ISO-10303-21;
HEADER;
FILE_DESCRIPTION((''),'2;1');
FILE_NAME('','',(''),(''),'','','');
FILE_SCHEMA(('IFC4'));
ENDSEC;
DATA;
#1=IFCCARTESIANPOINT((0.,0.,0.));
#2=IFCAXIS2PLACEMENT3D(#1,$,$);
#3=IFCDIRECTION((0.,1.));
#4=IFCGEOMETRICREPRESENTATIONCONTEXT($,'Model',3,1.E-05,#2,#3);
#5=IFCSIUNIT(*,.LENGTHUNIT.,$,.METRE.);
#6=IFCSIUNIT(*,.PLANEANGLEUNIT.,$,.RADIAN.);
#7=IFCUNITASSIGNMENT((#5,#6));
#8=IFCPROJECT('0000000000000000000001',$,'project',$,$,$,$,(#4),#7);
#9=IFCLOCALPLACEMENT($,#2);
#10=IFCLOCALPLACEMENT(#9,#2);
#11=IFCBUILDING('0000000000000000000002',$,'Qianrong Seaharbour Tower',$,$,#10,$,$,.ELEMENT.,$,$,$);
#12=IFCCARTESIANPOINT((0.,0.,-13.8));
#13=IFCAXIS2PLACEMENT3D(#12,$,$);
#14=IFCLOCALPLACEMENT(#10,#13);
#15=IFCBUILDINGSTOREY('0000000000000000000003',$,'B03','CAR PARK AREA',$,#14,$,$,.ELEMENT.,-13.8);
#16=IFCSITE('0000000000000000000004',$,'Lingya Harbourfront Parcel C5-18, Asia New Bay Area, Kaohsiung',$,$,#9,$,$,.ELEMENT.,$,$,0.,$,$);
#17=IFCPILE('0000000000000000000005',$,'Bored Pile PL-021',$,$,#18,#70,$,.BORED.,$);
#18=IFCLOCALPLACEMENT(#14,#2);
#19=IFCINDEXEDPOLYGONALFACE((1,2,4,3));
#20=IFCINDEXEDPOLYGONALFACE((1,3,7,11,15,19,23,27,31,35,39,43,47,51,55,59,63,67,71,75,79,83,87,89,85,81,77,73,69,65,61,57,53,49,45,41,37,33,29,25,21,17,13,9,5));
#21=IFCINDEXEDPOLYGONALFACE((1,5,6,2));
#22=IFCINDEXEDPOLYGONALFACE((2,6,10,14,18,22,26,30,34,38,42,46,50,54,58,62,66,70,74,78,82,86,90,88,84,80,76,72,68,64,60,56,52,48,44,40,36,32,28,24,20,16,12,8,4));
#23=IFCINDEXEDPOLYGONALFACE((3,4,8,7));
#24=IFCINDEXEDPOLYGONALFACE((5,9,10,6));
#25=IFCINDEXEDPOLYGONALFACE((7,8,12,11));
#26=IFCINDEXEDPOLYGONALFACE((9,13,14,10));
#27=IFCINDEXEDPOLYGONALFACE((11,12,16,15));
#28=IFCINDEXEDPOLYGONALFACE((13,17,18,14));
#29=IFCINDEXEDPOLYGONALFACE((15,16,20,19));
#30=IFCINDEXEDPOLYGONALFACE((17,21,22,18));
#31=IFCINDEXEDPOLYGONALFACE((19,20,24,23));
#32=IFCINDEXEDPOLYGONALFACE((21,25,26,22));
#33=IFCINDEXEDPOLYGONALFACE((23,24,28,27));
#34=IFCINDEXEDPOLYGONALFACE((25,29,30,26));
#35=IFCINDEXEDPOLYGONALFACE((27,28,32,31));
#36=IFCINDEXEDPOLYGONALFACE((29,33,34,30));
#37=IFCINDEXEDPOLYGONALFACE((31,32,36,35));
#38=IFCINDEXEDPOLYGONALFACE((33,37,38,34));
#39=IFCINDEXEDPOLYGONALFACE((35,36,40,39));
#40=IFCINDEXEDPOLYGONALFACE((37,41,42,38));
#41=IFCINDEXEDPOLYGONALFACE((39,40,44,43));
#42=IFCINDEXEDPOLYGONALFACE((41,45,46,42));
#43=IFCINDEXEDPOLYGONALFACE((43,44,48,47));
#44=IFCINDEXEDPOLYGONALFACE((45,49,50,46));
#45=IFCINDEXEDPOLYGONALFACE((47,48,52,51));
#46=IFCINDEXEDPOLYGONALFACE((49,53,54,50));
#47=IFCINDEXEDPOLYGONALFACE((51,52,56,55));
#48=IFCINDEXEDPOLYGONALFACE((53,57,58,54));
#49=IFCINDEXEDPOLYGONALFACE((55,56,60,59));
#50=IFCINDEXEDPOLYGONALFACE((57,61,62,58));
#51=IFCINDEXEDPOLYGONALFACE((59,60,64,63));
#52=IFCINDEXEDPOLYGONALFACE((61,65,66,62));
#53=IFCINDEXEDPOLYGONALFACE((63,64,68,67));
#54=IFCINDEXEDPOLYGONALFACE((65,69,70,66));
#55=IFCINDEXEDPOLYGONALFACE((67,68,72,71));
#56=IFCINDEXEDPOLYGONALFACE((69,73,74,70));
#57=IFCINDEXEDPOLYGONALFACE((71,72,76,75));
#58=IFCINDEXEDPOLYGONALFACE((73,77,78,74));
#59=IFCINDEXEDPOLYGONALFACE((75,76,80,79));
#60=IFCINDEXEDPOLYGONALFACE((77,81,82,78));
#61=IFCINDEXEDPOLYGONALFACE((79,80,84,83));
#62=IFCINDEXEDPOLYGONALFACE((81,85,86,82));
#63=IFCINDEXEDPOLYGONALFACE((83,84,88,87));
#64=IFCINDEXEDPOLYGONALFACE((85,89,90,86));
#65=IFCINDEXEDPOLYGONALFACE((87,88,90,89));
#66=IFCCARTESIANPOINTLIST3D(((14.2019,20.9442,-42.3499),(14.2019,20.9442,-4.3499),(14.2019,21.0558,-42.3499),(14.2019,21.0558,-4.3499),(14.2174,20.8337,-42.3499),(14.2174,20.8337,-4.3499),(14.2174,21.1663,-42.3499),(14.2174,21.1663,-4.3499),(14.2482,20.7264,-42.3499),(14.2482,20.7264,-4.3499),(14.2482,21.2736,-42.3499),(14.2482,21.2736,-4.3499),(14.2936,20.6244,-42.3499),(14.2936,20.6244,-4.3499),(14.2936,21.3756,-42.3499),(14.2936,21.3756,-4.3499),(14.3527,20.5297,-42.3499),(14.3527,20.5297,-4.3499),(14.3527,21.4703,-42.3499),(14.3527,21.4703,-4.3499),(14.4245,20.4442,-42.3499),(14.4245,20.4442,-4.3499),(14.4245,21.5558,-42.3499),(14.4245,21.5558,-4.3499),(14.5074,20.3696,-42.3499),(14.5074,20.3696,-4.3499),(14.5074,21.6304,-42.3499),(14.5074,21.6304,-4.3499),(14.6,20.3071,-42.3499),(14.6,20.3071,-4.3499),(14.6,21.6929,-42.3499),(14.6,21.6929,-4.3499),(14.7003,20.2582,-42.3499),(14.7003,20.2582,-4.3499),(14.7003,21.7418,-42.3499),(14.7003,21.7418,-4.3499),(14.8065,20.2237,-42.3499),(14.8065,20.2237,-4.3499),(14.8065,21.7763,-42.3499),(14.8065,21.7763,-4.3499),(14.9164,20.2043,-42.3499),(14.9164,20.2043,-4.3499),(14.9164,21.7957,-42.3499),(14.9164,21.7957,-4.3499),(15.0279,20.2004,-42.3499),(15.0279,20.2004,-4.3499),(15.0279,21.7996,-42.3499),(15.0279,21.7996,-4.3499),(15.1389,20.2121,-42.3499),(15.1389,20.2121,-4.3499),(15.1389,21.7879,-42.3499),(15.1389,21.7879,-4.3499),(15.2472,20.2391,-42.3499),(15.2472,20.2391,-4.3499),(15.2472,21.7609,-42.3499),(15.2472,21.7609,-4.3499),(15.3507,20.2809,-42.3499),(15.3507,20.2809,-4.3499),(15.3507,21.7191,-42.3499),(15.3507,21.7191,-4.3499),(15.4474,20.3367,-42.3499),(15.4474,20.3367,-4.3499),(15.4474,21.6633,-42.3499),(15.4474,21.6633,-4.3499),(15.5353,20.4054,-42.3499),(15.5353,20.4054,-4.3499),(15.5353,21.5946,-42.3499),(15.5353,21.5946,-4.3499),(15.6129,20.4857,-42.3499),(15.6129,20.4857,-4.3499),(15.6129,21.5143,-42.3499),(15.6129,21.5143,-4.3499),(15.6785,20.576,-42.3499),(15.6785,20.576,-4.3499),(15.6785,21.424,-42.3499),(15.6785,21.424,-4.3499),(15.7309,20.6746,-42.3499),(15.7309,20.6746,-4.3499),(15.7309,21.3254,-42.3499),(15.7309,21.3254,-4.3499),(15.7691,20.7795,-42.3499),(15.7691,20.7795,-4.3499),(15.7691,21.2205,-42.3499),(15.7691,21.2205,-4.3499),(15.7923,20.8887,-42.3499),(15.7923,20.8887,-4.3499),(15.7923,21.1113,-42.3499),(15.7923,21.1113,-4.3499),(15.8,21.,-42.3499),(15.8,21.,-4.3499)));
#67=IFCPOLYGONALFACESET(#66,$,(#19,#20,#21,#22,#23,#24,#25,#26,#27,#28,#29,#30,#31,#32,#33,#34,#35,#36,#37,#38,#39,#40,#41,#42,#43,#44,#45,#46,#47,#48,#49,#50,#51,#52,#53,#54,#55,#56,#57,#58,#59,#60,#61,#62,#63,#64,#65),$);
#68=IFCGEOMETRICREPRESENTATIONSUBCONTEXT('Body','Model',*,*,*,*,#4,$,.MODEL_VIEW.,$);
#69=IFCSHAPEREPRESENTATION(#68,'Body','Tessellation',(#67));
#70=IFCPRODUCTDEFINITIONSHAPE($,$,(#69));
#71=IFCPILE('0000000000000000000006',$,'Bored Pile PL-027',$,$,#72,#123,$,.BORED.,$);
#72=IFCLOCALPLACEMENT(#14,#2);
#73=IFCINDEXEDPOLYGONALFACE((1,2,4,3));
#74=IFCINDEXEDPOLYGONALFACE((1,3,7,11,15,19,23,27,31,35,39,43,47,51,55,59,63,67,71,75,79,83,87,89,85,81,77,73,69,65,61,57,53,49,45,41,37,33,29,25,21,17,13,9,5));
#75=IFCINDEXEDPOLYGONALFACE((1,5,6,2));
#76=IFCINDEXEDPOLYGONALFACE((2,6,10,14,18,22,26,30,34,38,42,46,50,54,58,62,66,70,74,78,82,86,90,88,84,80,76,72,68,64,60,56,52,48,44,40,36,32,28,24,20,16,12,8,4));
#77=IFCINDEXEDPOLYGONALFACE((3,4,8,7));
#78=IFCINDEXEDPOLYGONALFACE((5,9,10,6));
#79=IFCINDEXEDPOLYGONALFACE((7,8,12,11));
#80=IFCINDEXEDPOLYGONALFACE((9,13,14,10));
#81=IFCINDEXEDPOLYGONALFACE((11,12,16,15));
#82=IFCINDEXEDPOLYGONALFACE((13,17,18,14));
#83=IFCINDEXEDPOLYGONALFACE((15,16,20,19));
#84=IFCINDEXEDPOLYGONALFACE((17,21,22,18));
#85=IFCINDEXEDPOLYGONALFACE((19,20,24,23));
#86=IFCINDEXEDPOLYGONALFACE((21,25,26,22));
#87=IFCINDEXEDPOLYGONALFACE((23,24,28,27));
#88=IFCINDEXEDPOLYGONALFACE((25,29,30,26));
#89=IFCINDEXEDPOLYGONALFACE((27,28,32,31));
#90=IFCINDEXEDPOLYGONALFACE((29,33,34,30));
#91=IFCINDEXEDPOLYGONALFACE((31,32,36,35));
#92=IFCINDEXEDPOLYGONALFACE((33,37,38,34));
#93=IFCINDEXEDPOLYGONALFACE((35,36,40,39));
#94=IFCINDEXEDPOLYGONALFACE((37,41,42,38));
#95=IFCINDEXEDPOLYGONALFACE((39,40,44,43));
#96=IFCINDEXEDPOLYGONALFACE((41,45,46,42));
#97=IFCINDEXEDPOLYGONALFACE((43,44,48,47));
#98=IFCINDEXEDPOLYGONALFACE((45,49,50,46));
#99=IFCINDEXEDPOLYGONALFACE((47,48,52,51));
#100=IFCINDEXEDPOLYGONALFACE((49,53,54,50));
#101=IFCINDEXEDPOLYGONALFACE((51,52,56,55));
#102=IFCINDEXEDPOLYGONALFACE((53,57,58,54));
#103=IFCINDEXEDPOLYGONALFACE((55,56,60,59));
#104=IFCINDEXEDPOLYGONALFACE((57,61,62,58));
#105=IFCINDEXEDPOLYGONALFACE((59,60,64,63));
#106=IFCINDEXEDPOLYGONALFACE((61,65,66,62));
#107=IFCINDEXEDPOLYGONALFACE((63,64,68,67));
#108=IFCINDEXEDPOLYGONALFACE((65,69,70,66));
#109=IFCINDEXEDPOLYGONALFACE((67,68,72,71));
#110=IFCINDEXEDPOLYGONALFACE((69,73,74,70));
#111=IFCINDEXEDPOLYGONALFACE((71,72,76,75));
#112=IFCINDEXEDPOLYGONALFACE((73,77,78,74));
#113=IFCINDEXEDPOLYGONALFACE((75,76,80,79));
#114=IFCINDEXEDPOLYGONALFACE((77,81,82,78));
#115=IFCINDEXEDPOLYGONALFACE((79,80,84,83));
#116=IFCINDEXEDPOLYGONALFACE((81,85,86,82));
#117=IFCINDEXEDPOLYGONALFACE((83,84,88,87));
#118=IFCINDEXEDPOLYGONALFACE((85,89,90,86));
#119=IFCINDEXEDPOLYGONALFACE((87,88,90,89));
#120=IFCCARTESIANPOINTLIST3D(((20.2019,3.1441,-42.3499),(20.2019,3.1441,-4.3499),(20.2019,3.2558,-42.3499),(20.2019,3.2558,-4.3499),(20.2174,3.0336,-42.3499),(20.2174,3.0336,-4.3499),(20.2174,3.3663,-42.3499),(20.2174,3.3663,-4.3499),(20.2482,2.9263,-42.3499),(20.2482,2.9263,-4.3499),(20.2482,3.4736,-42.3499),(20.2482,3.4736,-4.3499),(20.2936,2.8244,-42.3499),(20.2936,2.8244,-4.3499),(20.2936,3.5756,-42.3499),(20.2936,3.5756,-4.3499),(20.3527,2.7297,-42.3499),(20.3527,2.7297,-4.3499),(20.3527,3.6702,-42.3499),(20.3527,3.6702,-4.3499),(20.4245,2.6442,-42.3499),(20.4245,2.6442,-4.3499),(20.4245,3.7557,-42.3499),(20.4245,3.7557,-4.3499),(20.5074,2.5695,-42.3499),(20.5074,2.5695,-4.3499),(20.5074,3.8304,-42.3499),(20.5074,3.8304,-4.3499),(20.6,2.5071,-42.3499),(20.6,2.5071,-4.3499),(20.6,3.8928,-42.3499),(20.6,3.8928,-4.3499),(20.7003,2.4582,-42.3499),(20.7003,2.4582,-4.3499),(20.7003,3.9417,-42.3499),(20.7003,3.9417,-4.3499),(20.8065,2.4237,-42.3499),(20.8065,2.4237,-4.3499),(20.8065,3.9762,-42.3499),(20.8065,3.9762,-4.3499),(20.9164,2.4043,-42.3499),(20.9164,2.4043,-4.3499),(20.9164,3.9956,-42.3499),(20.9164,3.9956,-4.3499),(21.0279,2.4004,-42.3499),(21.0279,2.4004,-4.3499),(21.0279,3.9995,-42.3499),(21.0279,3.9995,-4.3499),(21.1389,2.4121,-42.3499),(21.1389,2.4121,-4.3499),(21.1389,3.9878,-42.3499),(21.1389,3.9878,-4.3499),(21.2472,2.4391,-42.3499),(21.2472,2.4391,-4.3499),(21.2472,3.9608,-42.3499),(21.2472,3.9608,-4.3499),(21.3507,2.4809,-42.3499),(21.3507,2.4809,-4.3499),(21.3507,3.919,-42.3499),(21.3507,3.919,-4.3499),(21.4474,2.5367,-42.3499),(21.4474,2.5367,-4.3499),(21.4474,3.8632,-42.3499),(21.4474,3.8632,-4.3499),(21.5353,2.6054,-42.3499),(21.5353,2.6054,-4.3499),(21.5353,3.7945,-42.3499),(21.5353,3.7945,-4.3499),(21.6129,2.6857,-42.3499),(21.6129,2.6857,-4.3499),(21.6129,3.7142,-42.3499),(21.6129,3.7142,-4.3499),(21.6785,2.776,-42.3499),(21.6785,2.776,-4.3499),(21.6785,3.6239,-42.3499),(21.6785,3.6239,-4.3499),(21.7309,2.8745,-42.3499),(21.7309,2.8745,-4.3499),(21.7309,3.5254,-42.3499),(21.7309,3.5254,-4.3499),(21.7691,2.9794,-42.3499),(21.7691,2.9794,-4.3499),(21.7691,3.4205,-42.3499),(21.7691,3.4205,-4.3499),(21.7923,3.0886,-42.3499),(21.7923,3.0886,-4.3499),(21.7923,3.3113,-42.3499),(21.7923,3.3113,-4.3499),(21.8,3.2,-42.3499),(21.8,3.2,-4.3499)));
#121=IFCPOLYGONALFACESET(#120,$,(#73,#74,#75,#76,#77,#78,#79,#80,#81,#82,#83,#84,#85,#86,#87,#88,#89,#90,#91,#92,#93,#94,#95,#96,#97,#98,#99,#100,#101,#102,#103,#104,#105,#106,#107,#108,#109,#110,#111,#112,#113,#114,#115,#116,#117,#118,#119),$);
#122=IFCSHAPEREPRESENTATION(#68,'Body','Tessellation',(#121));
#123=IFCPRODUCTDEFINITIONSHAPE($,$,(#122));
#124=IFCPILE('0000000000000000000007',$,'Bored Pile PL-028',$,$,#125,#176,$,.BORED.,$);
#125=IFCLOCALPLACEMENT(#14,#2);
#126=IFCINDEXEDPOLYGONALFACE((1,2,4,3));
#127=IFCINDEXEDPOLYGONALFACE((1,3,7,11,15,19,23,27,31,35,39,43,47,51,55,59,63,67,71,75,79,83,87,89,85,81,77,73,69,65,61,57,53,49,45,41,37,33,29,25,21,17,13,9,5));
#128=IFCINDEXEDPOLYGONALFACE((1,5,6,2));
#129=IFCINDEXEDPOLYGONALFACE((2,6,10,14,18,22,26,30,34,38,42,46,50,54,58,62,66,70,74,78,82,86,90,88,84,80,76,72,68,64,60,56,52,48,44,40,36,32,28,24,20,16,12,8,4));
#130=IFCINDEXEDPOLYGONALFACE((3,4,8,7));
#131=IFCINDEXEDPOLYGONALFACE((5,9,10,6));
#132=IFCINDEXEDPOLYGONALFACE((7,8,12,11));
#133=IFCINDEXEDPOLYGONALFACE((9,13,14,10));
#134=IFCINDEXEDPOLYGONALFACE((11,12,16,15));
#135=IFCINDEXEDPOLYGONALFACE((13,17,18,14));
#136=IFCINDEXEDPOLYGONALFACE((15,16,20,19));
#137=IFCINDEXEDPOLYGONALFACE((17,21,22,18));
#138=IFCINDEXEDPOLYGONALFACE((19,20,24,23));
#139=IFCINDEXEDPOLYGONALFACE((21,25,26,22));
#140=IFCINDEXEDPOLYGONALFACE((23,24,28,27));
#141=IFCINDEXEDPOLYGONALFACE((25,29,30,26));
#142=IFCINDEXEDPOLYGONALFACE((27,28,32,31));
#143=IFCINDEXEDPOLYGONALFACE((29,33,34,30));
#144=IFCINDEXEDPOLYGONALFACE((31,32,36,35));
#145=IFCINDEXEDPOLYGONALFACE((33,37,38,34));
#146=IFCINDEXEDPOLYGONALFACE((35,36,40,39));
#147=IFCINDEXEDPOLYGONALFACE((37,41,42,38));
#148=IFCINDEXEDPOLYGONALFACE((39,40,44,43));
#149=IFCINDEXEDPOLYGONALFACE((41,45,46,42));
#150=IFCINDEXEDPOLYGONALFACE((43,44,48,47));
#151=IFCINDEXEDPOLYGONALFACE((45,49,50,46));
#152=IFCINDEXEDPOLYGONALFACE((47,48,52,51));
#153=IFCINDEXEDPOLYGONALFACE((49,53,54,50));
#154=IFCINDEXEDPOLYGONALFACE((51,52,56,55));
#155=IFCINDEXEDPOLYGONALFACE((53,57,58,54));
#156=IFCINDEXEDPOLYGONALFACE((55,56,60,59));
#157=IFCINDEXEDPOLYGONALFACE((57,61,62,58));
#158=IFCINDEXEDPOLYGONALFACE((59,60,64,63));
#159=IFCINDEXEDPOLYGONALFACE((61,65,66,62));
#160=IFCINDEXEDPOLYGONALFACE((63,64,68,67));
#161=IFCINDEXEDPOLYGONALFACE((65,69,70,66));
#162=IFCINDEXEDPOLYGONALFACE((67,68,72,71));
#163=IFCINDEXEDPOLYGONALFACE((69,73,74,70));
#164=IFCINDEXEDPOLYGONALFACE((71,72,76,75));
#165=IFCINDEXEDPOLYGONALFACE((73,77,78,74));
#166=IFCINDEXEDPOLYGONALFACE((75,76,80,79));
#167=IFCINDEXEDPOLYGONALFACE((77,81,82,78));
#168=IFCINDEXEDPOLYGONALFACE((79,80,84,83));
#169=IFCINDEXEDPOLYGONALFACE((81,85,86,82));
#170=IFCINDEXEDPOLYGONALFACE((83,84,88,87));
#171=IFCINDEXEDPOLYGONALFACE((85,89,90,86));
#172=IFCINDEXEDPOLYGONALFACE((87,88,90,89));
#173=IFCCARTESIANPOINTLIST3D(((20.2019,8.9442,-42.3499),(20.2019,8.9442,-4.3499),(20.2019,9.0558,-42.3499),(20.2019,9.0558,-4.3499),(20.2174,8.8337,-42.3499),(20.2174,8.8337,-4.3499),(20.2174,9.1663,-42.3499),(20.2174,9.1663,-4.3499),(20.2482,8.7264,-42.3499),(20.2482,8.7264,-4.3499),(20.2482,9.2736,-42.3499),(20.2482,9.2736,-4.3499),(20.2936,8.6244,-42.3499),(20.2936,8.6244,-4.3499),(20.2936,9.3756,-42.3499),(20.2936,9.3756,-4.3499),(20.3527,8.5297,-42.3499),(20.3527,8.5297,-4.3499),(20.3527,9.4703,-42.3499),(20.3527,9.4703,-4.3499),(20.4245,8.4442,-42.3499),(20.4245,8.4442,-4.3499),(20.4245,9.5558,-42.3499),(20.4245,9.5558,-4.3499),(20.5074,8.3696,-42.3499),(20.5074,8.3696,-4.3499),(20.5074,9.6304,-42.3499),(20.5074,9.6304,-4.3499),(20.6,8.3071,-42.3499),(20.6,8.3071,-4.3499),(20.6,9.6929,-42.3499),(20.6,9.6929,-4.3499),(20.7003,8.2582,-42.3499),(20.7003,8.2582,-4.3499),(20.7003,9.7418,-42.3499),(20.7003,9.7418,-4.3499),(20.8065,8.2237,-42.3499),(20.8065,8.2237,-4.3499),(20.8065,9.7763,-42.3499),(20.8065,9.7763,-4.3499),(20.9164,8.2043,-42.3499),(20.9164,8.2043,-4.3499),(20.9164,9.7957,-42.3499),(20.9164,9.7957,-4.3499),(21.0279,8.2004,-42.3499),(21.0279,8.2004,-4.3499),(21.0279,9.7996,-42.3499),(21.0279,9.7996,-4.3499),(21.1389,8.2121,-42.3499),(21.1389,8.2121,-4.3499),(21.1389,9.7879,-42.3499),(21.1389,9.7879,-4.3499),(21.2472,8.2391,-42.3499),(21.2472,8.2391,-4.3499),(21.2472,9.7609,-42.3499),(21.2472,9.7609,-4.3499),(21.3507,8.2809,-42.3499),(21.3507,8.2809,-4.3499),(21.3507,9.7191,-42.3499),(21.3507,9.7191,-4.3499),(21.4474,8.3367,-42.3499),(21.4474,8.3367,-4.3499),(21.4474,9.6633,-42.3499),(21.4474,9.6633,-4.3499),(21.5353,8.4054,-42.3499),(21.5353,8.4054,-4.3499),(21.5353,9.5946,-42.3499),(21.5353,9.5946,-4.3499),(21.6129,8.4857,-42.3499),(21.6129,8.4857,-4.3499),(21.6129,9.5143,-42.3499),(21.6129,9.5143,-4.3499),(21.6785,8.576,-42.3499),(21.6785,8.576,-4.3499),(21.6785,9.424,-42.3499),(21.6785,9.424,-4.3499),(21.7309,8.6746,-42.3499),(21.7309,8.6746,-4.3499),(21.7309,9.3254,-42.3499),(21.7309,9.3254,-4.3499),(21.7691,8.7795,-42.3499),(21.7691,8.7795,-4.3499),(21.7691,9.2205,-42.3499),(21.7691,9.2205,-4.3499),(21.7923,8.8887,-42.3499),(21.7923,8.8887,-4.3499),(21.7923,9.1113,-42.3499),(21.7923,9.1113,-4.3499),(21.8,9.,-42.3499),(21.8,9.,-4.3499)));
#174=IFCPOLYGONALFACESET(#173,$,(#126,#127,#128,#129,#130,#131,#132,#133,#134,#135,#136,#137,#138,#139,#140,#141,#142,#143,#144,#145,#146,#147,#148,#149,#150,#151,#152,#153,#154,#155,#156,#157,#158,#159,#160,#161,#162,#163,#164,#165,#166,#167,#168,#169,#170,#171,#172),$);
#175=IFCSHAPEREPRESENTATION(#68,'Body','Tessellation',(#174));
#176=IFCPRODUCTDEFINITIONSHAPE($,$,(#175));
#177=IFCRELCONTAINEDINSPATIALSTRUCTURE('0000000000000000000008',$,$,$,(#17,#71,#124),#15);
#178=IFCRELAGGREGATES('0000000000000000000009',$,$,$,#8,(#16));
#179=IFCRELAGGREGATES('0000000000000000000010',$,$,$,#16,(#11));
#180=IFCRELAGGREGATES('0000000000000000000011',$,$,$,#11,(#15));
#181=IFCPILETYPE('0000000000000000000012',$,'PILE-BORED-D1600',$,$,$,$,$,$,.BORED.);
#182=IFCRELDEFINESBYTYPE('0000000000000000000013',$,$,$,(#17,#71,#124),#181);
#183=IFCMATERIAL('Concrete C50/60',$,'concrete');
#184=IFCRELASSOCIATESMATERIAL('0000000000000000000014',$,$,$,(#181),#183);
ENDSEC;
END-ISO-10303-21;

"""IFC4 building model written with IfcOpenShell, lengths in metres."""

from ifc_helpers import new_model, si_unit, direction, frame, origin, origin_2d, place, context, subcontext, project, spatial, circle, extrude, material, material_profile, profile_set, type_object, element, save


model = new_model("IFC4")

# Units and contexts
model_context = context("Model", 3, precision=1e-05, world=origin(), true_north=direction((0.0, 1.0)))
body_context = subcontext(model_context, "Body", "Model", "MODEL_VIEW")
ifc_project = project(units=[si_unit("LENGTHUNIT", "METRE"), si_unit("PLANEANGLEUNIT", "RADIAN")], contexts=[model_context])

# Site, building, storey
site_placement = place(None, origin())
site = spatial("IfcSite", under=ifc_project, at=site_placement, Name="Lingya Harbourfront Parcel C5-18, Asia New Bay Area, Kaohsiung", CompositionType="ELEMENT", RefElevation=0.0)
building_placement = place(site_placement, origin())
building = spatial("IfcBuilding", under=site, at=building_placement, Name="Qianrong Seaharbour Tower", CompositionType="ELEMENT")
storey_placement = place(building_placement, frame((0.0, 0.0, -13.8)))
storey = spatial("IfcBuildingStorey", under=building, at=storey_placement, Name="B03", Description="CAR PARK AREA", CompositionType="ELEMENT", Elevation=-13.8)

# Piles
ifc_material_1 = material(Name="Concrete C50/60", Category="concrete")
ifc_material_profile_1 = material_profile(ifc_material_1, circle(Radius=0.8, at=origin_2d()), Name="PILE-D1600")
ifc_profile_set_1 = profile_set([ifc_material_profile_1], Name="Concrete C50/60")
pile_type_1 = type_object("IfcPileType", Name="PILE-BORED-D1600", PredefinedType="BORED", material=ifc_profile_set_1)
for number, where, z_axis, x_axis, name in (
    (1, (15.0, 21.0, -4.3499), (0.0, 0.0, -1.0), (1.0, 0.0, 0.0), "Bored Pile PL-021"),
    (2, (21.0, 3.2, -4.3499), (0.0, 0.0, -1.0), (1.0, 0.0, 0.0), "Bored Pile PL-027"),
    (3, (21.0, 9.0, -4.3499), (0.0, 0.0, -1.0), (1.0, 0.0, 0.0), "Bored Pile PL-028"),
):
    element("IfcPile", number, at=place(storey_placement, frame(where, z_axis=z_axis, x_axis=x_axis)), inside=storey, type_object=pile_type_1, Name=name, PredefinedType="BORED", context=body_context, shape_type="SweptSolid", body=[
        extrude(circle(Radius=0.8, at=origin_2d()), origin(), (0.0, 0.0, 1.0), 38.0),
    ])

save(model, "model.ifc")
